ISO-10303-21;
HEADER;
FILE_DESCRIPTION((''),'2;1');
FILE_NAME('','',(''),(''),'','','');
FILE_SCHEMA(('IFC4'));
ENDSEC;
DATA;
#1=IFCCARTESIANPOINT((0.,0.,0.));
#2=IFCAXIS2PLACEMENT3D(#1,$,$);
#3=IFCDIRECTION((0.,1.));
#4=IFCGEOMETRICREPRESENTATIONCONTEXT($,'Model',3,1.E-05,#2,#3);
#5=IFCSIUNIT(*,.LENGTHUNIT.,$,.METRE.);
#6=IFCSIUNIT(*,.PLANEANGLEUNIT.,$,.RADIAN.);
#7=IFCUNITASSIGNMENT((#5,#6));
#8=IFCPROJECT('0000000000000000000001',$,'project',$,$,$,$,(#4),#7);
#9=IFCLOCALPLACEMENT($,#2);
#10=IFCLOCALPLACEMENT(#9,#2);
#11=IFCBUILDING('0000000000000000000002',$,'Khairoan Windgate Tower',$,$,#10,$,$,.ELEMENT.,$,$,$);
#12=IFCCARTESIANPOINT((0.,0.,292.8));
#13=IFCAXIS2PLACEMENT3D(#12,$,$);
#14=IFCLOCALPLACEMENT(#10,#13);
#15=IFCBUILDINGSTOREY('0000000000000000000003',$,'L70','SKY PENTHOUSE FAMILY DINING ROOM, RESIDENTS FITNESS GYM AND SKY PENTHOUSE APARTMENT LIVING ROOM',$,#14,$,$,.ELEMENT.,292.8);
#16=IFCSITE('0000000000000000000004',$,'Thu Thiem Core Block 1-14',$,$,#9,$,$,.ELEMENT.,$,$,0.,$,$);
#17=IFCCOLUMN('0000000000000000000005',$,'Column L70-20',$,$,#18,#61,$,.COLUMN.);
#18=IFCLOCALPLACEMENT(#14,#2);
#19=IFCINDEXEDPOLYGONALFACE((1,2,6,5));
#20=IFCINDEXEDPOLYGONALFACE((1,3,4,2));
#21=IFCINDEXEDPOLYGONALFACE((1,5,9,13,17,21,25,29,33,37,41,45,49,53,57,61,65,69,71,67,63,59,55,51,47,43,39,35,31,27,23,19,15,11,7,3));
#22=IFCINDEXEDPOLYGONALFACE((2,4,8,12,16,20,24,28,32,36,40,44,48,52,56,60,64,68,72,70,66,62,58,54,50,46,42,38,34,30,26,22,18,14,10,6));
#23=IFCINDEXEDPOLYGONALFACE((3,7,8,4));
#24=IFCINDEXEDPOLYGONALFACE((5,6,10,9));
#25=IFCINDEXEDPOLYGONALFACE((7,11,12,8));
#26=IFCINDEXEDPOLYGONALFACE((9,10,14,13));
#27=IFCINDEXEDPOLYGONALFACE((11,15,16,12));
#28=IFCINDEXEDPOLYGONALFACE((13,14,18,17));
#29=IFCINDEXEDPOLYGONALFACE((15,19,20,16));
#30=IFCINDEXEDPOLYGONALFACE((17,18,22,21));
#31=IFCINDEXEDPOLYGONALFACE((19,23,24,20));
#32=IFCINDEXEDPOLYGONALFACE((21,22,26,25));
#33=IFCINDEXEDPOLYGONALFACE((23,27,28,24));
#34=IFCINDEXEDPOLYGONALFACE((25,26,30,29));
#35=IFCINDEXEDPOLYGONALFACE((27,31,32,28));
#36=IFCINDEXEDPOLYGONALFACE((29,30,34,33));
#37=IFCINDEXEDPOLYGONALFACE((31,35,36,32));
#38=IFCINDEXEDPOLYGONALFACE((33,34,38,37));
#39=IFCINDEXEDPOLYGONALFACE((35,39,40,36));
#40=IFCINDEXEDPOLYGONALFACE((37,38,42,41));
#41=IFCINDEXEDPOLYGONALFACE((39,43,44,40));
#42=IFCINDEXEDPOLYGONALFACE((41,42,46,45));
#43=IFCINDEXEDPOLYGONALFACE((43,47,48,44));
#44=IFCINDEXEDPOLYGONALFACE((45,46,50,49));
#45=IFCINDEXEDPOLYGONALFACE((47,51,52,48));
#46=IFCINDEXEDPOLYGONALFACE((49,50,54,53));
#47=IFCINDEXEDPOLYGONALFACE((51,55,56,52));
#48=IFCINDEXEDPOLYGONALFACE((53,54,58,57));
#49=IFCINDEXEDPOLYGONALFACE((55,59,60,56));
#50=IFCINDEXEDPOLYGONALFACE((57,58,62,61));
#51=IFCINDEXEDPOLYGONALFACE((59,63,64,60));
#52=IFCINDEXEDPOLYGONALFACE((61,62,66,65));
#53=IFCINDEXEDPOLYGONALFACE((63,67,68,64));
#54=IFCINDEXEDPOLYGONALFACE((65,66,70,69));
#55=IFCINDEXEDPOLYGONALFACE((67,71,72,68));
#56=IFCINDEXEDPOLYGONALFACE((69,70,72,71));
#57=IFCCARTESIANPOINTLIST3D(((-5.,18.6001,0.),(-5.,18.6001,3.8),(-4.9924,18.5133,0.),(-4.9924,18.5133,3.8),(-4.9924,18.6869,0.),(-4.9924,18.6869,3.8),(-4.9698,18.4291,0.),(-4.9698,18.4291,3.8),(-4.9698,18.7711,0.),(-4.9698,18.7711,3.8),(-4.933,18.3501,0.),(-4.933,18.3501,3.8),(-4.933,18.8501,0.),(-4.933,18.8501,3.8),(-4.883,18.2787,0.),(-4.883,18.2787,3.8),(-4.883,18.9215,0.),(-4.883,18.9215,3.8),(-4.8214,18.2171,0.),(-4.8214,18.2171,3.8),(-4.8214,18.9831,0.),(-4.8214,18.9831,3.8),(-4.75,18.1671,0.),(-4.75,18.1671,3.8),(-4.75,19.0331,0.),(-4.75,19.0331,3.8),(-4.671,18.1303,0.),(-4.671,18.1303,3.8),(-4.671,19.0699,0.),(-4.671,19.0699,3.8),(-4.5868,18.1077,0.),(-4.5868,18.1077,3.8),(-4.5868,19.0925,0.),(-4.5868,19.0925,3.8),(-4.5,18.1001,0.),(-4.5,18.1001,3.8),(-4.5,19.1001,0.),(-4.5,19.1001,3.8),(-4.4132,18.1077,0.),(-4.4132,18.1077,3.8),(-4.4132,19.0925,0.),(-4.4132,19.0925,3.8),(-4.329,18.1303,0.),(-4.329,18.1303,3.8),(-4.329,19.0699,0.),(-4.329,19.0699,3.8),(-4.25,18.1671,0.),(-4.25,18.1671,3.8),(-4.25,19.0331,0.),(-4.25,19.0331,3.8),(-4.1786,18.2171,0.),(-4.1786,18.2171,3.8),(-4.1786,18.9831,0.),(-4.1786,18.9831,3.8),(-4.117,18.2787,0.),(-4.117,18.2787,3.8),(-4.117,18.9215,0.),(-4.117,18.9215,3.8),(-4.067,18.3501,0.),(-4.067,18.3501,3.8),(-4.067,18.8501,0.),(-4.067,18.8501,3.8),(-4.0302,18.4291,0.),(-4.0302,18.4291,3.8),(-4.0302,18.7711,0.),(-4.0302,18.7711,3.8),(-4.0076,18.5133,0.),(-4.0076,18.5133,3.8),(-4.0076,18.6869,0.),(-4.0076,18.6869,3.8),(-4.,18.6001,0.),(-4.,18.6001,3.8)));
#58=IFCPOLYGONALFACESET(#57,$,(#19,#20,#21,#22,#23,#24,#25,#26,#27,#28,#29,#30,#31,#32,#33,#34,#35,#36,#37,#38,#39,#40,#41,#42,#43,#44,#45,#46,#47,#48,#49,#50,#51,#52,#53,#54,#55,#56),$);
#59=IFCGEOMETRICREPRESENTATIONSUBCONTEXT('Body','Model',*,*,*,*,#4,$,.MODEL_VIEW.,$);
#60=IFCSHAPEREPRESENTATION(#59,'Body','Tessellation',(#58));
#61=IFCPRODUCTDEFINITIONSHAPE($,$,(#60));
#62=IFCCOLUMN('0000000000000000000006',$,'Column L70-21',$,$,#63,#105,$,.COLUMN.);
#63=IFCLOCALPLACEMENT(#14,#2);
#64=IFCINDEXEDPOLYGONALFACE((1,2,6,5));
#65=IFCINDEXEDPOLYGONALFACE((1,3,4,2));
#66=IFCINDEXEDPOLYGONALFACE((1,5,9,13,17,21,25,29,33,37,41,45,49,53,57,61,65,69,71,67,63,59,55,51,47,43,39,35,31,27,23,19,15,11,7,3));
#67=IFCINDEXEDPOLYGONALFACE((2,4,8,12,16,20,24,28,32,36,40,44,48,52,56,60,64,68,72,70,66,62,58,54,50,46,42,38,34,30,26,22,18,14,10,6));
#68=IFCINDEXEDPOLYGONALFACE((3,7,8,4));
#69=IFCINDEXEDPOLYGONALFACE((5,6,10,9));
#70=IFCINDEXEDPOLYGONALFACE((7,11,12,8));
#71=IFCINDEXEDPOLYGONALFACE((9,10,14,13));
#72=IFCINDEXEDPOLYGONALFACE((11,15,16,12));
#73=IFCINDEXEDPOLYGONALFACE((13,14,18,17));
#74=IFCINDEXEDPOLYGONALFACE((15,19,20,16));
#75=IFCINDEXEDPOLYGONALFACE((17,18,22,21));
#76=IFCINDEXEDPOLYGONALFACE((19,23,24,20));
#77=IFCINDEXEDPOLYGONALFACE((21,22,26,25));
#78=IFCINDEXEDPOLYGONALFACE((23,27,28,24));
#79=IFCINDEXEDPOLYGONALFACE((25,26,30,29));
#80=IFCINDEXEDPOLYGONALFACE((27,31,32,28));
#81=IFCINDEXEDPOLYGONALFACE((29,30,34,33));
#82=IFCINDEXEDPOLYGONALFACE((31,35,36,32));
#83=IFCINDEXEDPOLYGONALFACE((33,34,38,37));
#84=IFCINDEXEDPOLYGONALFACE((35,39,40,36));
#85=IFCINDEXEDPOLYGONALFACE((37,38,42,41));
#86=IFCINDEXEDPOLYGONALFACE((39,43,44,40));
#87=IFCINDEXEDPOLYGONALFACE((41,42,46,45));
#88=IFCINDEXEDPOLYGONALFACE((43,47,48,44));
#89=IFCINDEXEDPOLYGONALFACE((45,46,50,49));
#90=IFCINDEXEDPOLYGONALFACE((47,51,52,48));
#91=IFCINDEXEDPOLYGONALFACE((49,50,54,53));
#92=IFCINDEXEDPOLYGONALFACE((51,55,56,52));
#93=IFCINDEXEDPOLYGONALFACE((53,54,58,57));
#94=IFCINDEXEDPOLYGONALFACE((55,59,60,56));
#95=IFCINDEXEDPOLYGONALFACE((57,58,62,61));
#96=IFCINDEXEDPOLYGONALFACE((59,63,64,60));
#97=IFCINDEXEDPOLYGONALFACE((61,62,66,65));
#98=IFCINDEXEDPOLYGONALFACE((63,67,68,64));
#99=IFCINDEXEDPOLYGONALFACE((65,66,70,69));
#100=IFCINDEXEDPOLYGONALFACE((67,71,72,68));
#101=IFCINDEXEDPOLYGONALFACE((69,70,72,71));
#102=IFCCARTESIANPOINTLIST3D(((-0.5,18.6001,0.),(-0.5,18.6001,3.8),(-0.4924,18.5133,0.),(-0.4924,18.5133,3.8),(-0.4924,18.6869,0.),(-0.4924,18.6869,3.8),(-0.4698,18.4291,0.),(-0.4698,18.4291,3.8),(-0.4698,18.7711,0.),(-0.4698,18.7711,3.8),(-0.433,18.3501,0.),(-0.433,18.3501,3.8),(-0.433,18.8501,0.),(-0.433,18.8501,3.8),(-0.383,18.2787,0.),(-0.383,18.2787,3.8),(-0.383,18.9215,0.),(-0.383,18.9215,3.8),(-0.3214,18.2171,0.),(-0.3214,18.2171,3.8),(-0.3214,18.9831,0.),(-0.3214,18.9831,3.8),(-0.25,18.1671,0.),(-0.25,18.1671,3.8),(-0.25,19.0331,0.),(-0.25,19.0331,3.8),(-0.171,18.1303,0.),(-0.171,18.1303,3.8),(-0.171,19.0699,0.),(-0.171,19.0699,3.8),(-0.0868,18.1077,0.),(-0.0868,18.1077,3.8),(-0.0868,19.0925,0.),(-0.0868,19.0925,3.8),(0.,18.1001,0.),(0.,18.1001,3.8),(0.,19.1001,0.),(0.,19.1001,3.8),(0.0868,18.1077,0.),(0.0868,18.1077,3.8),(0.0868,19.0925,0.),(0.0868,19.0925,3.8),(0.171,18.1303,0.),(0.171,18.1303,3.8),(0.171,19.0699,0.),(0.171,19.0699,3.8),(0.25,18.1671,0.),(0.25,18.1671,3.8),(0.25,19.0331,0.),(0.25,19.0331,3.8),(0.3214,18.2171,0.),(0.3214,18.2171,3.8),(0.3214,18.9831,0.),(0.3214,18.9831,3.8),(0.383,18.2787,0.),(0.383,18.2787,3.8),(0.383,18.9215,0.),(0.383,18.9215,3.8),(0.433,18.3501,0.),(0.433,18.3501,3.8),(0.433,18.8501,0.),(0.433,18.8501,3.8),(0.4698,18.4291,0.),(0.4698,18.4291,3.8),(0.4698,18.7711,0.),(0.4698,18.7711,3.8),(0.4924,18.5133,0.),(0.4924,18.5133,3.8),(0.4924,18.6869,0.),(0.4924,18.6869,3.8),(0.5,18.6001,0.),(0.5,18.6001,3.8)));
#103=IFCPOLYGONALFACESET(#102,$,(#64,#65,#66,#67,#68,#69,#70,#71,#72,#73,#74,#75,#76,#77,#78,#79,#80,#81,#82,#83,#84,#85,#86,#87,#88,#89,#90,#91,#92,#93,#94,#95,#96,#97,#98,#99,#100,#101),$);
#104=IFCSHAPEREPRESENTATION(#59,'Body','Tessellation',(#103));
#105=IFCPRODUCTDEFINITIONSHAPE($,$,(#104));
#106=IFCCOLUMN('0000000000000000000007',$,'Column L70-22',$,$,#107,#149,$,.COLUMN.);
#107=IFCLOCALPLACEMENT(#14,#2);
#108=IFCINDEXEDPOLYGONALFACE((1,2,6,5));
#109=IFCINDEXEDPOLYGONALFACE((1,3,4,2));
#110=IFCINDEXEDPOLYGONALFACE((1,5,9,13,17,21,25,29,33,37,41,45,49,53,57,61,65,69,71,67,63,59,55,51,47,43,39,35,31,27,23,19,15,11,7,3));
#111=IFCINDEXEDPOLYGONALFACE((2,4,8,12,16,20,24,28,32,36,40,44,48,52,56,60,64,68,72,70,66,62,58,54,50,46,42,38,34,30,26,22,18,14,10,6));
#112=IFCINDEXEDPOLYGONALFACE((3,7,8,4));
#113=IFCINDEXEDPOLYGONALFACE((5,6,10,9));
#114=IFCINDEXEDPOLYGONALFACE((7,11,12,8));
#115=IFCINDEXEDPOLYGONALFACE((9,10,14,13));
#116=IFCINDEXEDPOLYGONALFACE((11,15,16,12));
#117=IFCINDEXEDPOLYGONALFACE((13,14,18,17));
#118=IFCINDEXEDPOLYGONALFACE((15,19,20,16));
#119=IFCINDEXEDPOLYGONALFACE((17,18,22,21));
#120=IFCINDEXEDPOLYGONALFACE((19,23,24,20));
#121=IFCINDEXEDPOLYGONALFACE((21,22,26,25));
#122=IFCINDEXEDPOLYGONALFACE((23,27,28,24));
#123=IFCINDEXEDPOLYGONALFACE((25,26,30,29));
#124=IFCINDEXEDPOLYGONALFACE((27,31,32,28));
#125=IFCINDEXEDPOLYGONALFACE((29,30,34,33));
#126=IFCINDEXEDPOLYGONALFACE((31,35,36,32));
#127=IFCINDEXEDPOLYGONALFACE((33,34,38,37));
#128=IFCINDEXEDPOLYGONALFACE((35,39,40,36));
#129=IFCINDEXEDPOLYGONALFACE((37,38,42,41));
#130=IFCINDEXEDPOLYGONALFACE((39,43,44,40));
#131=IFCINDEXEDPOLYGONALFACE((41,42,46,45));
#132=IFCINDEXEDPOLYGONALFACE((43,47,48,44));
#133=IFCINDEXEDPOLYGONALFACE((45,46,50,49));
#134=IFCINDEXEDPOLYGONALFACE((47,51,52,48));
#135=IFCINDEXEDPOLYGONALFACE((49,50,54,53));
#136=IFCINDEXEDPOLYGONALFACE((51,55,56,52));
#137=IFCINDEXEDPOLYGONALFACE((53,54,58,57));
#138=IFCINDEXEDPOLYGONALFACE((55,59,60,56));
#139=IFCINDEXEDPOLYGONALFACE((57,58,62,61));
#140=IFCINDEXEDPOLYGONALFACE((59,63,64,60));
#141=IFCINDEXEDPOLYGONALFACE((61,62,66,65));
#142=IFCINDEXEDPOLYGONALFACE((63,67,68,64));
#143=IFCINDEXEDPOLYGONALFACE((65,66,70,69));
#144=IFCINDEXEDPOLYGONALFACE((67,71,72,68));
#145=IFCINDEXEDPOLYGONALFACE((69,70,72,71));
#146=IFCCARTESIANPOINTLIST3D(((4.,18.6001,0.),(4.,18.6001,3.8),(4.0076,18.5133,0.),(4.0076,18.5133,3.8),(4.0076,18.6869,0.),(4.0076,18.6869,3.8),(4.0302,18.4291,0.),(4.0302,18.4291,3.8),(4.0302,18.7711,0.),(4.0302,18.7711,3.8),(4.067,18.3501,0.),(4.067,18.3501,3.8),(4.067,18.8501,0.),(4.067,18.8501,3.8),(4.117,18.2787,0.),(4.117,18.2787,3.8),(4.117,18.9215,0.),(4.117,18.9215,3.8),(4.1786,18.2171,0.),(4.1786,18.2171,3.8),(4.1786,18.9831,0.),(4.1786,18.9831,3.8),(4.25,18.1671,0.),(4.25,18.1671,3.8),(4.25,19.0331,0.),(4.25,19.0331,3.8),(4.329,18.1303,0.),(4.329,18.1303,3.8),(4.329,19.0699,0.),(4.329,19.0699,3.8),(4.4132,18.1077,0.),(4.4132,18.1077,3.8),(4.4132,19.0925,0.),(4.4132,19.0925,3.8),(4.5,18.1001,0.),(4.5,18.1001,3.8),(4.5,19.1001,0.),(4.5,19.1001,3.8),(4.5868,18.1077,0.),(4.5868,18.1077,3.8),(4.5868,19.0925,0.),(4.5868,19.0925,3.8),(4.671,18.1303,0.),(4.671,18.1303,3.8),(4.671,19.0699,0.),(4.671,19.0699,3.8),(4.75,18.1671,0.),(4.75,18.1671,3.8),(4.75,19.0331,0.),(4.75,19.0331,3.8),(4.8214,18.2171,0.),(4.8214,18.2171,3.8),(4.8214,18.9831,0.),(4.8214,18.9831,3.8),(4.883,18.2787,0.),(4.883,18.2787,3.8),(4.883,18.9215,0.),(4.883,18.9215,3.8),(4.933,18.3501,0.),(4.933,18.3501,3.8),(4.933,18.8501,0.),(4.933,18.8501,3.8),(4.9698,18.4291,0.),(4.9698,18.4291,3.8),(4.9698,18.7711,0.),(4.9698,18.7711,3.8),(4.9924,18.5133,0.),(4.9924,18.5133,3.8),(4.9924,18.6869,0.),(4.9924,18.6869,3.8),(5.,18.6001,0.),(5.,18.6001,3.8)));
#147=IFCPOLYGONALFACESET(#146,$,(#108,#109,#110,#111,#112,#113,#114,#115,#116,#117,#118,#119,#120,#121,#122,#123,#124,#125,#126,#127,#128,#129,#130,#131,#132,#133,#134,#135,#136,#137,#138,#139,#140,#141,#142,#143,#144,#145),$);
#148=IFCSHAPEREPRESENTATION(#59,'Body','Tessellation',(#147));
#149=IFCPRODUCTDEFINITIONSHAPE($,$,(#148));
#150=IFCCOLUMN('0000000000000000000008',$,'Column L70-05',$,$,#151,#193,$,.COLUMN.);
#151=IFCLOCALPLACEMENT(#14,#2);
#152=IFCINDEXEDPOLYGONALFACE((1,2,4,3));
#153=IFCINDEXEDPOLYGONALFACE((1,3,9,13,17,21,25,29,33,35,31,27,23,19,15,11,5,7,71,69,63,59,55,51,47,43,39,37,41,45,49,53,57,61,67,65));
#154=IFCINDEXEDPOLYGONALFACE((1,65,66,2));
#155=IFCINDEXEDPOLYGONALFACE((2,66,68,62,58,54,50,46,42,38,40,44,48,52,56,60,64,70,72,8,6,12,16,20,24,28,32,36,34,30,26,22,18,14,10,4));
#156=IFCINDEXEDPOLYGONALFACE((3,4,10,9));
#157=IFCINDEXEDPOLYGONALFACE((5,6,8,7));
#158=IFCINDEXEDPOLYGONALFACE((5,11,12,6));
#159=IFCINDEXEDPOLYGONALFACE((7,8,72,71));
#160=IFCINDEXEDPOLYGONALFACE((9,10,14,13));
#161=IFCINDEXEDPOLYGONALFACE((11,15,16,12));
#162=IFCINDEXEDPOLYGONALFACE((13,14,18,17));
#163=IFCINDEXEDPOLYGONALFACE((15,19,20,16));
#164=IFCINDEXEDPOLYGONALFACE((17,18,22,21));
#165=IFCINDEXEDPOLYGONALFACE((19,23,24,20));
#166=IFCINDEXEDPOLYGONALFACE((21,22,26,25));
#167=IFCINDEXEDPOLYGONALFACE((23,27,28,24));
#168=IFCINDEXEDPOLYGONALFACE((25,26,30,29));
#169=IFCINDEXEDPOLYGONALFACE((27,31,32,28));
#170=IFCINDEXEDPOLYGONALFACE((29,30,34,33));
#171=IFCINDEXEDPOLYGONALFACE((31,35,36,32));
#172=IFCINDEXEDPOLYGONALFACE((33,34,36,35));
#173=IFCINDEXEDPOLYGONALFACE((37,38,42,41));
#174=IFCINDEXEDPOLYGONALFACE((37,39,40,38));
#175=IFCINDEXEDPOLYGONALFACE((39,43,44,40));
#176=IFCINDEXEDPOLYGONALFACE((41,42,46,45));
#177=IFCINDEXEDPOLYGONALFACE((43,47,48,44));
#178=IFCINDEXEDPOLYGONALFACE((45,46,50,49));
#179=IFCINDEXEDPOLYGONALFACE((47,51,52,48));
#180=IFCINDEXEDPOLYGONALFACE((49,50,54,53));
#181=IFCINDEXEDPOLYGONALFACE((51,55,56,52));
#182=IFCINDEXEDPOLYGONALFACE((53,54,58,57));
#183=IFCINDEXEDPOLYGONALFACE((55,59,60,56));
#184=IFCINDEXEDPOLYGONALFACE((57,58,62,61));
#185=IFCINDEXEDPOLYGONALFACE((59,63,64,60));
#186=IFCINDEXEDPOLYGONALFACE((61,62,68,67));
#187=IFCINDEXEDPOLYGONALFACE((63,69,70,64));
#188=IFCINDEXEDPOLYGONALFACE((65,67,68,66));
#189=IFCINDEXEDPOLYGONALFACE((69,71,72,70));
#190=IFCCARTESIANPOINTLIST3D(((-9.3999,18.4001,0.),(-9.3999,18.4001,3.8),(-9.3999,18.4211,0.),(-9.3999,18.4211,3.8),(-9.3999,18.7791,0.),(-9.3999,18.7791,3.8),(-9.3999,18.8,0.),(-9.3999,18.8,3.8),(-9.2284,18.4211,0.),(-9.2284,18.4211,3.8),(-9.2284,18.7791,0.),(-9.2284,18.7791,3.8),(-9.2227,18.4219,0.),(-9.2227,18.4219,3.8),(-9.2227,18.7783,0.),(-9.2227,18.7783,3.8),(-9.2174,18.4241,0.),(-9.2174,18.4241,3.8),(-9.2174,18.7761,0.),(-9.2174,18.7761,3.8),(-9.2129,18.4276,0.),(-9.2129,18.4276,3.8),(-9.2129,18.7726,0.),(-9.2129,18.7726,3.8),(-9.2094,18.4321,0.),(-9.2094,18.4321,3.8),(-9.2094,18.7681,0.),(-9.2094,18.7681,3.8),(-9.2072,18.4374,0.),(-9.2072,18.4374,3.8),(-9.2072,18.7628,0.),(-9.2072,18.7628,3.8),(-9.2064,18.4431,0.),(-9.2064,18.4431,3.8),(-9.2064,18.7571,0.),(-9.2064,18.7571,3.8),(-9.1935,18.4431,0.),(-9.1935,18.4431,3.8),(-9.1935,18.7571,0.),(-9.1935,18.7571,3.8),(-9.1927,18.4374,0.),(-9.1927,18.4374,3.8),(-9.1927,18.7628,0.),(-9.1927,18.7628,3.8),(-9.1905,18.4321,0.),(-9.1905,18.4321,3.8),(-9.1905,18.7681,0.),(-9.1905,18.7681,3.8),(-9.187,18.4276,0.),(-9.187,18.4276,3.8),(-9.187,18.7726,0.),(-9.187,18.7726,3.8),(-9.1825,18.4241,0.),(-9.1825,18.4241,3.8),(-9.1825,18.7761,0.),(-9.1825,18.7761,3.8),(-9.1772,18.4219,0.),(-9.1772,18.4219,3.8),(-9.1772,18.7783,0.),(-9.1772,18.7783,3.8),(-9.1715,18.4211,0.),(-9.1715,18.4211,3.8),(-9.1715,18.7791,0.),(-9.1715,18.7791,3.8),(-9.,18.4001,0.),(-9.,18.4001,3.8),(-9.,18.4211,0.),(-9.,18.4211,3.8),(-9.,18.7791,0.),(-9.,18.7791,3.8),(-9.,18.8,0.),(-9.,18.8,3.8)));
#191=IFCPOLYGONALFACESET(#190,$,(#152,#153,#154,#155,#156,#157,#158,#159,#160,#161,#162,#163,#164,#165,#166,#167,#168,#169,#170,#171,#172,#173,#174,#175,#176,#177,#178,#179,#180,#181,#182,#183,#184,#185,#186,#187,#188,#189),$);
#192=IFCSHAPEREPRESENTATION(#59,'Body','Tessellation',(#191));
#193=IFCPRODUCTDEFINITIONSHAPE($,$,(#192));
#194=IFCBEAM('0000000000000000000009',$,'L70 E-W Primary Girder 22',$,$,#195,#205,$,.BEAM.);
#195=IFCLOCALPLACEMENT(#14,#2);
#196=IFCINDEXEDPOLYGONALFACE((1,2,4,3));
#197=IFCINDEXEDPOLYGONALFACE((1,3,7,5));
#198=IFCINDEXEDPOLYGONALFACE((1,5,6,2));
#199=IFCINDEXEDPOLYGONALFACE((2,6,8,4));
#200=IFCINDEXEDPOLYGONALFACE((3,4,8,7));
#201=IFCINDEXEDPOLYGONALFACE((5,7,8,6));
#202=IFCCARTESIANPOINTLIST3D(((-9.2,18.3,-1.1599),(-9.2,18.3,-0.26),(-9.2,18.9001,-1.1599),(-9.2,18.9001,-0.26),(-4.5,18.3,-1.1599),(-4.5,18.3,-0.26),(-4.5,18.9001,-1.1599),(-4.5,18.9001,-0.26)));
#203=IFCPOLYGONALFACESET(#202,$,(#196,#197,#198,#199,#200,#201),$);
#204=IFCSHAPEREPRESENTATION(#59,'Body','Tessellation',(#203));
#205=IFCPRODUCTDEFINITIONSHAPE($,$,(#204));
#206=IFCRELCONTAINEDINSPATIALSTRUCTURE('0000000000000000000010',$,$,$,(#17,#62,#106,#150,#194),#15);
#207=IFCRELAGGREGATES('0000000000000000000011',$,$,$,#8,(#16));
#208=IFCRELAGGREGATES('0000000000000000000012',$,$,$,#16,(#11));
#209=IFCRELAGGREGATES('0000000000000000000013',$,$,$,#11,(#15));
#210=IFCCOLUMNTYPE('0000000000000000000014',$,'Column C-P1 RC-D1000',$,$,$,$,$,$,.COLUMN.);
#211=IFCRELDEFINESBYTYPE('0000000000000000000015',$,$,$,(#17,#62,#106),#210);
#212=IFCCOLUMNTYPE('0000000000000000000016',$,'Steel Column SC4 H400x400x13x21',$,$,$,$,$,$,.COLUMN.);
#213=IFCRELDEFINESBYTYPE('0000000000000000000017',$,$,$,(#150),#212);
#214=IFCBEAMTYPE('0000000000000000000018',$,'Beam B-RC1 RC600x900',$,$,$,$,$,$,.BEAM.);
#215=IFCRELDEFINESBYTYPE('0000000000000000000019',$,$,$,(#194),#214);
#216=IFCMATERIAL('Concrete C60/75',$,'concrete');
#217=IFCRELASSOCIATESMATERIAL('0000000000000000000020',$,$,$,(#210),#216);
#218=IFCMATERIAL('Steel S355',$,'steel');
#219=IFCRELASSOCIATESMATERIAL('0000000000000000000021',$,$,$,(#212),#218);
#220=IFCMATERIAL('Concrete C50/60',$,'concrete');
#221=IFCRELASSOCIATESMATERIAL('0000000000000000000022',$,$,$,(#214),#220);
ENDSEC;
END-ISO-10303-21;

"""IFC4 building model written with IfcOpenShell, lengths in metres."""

from ifc_helpers import new_model, si_unit, direction, frame, origin, origin_2d, place, context, subcontext, project, spatial, rectangle, circle, i_section, extrude, material, material_profile, profile_set, type_object, element, save


model = new_model("IFC4")

# Units and contexts
model_context = context("Model", 3, precision=1e-05, world=origin(), true_north=direction((0.0, 1.0)))
body_context = subcontext(model_context, "Body", "Model", "MODEL_VIEW")
ifc_project = project(units=[si_unit("LENGTHUNIT", "METRE"), si_unit("PLANEANGLEUNIT", "RADIAN")], contexts=[model_context])

# Site, building, storey
site_placement = place(None, origin())
site = spatial("IfcSite", under=ifc_project, at=site_placement, Name="Thu Thiem Core Block 1-14", CompositionType="ELEMENT", RefElevation=0.0)
building_placement = place(site_placement, origin())
building = spatial("IfcBuilding", under=site, at=building_placement, Name="Khairoan Windgate Tower", CompositionType="ELEMENT")
storey_placement = place(building_placement, frame((0.0, 0.0, 292.8)))
storey = spatial("IfcBuildingStorey", under=building, at=storey_placement, Name="L70", Description="SKY PENTHOUSE FAMILY DINING ROOM, RESIDENTS FITNESS GYM AND SKY PENTHOUSE APARTMENT LIVING ROOM", CompositionType="ELEMENT", Elevation=292.8)

# Columns
ifc_material_1 = material(Name="Concrete C60/75", Category="concrete")
ifc_material_profile_1 = material_profile(ifc_material_1, circle(Radius=0.5, at=origin_2d()))
ifc_profile_set_1 = profile_set([ifc_material_profile_1], Name="Concrete C60/75")
column_type_1 = type_object("IfcColumnType", Name="Column C-P1 RC-D1000", PredefinedType="COLUMN", material=ifc_profile_set_1)
for number, where, z_axis, x_axis, name in (
    (1, (-4.5, 18.6001, 0.0), (0.0, 0.0, 1.0), (1.0, 0.0, 0.0), "Column L70-20"),
    (2, (0.0, 18.6001, 0.0), (0.0, 0.0, 1.0), (1.0, 0.0, 0.0), "Column L70-21"),
    (3, (4.5, 18.6001, 0.0), (0.0, 0.0, 1.0), (1.0, 0.0, 0.0), "Column L70-22"),
):
    element("IfcColumn", number, at=place(storey_placement, frame(where, z_axis=z_axis, x_axis=x_axis)), inside=storey, type_object=column_type_1, Name=name, PredefinedType="COLUMN", context=body_context, shape_type="SweptSolid", body=[
        extrude(circle(Radius=0.5, at=origin_2d()), origin(), (0.0, 0.0, 1.0), 3.8),
    ])
ifc_material_2 = material(Name="Steel S355", Category="steel")
ifc_material_profile_2 = material_profile(ifc_material_2, i_section(OverallWidth=0.3999, OverallDepth=0.3999, WebThickness=0.0129, FlangeThickness=0.021, FilletRadius=0.022, at=origin_2d()))
ifc_profile_set_2 = profile_set([ifc_material_profile_2], Name="Steel S355")
column_type_2 = type_object("IfcColumnType", Name="Steel Column SC4 H400x400x13x21", PredefinedType="COLUMN", material=ifc_profile_set_2)
column_placement = place(storey_placement, frame((-9.2, 18.6001, 0.0), z_axis=(0.0, 0.0, 1.0), x_axis=(1.0, 0.0, 0.0)))
element("IfcColumn", 4, at=column_placement, inside=storey, type_object=column_type_2, Name="Column L70-05", PredefinedType="COLUMN", context=body_context, shape_type="SweptSolid", body=[
    extrude(i_section(OverallWidth=0.3999, OverallDepth=0.3999, WebThickness=0.0129, FlangeThickness=0.021, FilletRadius=0.022, at=origin_2d()), origin(), (0.0, 0.0, 1.0), 3.8),
])

# Beam
ifc_material_3 = material(Name="Concrete C50/60", Category="concrete")
ifc_material_profile_3 = material_profile(ifc_material_3, rectangle(XDim=0.6001, YDim=0.8999, at=origin_2d()))
ifc_profile_set_3 = profile_set([ifc_material_profile_3], Name="Concrete C50/60")
beam_type = type_object("IfcBeamType", Name="Beam B-RC1 RC600x900", PredefinedType="BEAM", material=ifc_profile_set_3)
beam_1_placement = place(storey_placement, frame((-9.2, 18.6001, -0.71), z_axis=(1.0, 0.0, 0.0), x_axis=(0.0, 1.0, 0.0)))
element("IfcBeam", 5, at=beam_1_placement, inside=storey, type_object=beam_type, Name="L70 E-W Primary Girder 22", PredefinedType="BEAM", context=body_context, shape_type="SweptSolid", body=[
    extrude(rectangle(XDim=0.6001, YDim=0.8999, at=origin_2d()), origin(), (0.0, 0.0, 1.0), 4.7),
])

save(model, "model.ifc")
